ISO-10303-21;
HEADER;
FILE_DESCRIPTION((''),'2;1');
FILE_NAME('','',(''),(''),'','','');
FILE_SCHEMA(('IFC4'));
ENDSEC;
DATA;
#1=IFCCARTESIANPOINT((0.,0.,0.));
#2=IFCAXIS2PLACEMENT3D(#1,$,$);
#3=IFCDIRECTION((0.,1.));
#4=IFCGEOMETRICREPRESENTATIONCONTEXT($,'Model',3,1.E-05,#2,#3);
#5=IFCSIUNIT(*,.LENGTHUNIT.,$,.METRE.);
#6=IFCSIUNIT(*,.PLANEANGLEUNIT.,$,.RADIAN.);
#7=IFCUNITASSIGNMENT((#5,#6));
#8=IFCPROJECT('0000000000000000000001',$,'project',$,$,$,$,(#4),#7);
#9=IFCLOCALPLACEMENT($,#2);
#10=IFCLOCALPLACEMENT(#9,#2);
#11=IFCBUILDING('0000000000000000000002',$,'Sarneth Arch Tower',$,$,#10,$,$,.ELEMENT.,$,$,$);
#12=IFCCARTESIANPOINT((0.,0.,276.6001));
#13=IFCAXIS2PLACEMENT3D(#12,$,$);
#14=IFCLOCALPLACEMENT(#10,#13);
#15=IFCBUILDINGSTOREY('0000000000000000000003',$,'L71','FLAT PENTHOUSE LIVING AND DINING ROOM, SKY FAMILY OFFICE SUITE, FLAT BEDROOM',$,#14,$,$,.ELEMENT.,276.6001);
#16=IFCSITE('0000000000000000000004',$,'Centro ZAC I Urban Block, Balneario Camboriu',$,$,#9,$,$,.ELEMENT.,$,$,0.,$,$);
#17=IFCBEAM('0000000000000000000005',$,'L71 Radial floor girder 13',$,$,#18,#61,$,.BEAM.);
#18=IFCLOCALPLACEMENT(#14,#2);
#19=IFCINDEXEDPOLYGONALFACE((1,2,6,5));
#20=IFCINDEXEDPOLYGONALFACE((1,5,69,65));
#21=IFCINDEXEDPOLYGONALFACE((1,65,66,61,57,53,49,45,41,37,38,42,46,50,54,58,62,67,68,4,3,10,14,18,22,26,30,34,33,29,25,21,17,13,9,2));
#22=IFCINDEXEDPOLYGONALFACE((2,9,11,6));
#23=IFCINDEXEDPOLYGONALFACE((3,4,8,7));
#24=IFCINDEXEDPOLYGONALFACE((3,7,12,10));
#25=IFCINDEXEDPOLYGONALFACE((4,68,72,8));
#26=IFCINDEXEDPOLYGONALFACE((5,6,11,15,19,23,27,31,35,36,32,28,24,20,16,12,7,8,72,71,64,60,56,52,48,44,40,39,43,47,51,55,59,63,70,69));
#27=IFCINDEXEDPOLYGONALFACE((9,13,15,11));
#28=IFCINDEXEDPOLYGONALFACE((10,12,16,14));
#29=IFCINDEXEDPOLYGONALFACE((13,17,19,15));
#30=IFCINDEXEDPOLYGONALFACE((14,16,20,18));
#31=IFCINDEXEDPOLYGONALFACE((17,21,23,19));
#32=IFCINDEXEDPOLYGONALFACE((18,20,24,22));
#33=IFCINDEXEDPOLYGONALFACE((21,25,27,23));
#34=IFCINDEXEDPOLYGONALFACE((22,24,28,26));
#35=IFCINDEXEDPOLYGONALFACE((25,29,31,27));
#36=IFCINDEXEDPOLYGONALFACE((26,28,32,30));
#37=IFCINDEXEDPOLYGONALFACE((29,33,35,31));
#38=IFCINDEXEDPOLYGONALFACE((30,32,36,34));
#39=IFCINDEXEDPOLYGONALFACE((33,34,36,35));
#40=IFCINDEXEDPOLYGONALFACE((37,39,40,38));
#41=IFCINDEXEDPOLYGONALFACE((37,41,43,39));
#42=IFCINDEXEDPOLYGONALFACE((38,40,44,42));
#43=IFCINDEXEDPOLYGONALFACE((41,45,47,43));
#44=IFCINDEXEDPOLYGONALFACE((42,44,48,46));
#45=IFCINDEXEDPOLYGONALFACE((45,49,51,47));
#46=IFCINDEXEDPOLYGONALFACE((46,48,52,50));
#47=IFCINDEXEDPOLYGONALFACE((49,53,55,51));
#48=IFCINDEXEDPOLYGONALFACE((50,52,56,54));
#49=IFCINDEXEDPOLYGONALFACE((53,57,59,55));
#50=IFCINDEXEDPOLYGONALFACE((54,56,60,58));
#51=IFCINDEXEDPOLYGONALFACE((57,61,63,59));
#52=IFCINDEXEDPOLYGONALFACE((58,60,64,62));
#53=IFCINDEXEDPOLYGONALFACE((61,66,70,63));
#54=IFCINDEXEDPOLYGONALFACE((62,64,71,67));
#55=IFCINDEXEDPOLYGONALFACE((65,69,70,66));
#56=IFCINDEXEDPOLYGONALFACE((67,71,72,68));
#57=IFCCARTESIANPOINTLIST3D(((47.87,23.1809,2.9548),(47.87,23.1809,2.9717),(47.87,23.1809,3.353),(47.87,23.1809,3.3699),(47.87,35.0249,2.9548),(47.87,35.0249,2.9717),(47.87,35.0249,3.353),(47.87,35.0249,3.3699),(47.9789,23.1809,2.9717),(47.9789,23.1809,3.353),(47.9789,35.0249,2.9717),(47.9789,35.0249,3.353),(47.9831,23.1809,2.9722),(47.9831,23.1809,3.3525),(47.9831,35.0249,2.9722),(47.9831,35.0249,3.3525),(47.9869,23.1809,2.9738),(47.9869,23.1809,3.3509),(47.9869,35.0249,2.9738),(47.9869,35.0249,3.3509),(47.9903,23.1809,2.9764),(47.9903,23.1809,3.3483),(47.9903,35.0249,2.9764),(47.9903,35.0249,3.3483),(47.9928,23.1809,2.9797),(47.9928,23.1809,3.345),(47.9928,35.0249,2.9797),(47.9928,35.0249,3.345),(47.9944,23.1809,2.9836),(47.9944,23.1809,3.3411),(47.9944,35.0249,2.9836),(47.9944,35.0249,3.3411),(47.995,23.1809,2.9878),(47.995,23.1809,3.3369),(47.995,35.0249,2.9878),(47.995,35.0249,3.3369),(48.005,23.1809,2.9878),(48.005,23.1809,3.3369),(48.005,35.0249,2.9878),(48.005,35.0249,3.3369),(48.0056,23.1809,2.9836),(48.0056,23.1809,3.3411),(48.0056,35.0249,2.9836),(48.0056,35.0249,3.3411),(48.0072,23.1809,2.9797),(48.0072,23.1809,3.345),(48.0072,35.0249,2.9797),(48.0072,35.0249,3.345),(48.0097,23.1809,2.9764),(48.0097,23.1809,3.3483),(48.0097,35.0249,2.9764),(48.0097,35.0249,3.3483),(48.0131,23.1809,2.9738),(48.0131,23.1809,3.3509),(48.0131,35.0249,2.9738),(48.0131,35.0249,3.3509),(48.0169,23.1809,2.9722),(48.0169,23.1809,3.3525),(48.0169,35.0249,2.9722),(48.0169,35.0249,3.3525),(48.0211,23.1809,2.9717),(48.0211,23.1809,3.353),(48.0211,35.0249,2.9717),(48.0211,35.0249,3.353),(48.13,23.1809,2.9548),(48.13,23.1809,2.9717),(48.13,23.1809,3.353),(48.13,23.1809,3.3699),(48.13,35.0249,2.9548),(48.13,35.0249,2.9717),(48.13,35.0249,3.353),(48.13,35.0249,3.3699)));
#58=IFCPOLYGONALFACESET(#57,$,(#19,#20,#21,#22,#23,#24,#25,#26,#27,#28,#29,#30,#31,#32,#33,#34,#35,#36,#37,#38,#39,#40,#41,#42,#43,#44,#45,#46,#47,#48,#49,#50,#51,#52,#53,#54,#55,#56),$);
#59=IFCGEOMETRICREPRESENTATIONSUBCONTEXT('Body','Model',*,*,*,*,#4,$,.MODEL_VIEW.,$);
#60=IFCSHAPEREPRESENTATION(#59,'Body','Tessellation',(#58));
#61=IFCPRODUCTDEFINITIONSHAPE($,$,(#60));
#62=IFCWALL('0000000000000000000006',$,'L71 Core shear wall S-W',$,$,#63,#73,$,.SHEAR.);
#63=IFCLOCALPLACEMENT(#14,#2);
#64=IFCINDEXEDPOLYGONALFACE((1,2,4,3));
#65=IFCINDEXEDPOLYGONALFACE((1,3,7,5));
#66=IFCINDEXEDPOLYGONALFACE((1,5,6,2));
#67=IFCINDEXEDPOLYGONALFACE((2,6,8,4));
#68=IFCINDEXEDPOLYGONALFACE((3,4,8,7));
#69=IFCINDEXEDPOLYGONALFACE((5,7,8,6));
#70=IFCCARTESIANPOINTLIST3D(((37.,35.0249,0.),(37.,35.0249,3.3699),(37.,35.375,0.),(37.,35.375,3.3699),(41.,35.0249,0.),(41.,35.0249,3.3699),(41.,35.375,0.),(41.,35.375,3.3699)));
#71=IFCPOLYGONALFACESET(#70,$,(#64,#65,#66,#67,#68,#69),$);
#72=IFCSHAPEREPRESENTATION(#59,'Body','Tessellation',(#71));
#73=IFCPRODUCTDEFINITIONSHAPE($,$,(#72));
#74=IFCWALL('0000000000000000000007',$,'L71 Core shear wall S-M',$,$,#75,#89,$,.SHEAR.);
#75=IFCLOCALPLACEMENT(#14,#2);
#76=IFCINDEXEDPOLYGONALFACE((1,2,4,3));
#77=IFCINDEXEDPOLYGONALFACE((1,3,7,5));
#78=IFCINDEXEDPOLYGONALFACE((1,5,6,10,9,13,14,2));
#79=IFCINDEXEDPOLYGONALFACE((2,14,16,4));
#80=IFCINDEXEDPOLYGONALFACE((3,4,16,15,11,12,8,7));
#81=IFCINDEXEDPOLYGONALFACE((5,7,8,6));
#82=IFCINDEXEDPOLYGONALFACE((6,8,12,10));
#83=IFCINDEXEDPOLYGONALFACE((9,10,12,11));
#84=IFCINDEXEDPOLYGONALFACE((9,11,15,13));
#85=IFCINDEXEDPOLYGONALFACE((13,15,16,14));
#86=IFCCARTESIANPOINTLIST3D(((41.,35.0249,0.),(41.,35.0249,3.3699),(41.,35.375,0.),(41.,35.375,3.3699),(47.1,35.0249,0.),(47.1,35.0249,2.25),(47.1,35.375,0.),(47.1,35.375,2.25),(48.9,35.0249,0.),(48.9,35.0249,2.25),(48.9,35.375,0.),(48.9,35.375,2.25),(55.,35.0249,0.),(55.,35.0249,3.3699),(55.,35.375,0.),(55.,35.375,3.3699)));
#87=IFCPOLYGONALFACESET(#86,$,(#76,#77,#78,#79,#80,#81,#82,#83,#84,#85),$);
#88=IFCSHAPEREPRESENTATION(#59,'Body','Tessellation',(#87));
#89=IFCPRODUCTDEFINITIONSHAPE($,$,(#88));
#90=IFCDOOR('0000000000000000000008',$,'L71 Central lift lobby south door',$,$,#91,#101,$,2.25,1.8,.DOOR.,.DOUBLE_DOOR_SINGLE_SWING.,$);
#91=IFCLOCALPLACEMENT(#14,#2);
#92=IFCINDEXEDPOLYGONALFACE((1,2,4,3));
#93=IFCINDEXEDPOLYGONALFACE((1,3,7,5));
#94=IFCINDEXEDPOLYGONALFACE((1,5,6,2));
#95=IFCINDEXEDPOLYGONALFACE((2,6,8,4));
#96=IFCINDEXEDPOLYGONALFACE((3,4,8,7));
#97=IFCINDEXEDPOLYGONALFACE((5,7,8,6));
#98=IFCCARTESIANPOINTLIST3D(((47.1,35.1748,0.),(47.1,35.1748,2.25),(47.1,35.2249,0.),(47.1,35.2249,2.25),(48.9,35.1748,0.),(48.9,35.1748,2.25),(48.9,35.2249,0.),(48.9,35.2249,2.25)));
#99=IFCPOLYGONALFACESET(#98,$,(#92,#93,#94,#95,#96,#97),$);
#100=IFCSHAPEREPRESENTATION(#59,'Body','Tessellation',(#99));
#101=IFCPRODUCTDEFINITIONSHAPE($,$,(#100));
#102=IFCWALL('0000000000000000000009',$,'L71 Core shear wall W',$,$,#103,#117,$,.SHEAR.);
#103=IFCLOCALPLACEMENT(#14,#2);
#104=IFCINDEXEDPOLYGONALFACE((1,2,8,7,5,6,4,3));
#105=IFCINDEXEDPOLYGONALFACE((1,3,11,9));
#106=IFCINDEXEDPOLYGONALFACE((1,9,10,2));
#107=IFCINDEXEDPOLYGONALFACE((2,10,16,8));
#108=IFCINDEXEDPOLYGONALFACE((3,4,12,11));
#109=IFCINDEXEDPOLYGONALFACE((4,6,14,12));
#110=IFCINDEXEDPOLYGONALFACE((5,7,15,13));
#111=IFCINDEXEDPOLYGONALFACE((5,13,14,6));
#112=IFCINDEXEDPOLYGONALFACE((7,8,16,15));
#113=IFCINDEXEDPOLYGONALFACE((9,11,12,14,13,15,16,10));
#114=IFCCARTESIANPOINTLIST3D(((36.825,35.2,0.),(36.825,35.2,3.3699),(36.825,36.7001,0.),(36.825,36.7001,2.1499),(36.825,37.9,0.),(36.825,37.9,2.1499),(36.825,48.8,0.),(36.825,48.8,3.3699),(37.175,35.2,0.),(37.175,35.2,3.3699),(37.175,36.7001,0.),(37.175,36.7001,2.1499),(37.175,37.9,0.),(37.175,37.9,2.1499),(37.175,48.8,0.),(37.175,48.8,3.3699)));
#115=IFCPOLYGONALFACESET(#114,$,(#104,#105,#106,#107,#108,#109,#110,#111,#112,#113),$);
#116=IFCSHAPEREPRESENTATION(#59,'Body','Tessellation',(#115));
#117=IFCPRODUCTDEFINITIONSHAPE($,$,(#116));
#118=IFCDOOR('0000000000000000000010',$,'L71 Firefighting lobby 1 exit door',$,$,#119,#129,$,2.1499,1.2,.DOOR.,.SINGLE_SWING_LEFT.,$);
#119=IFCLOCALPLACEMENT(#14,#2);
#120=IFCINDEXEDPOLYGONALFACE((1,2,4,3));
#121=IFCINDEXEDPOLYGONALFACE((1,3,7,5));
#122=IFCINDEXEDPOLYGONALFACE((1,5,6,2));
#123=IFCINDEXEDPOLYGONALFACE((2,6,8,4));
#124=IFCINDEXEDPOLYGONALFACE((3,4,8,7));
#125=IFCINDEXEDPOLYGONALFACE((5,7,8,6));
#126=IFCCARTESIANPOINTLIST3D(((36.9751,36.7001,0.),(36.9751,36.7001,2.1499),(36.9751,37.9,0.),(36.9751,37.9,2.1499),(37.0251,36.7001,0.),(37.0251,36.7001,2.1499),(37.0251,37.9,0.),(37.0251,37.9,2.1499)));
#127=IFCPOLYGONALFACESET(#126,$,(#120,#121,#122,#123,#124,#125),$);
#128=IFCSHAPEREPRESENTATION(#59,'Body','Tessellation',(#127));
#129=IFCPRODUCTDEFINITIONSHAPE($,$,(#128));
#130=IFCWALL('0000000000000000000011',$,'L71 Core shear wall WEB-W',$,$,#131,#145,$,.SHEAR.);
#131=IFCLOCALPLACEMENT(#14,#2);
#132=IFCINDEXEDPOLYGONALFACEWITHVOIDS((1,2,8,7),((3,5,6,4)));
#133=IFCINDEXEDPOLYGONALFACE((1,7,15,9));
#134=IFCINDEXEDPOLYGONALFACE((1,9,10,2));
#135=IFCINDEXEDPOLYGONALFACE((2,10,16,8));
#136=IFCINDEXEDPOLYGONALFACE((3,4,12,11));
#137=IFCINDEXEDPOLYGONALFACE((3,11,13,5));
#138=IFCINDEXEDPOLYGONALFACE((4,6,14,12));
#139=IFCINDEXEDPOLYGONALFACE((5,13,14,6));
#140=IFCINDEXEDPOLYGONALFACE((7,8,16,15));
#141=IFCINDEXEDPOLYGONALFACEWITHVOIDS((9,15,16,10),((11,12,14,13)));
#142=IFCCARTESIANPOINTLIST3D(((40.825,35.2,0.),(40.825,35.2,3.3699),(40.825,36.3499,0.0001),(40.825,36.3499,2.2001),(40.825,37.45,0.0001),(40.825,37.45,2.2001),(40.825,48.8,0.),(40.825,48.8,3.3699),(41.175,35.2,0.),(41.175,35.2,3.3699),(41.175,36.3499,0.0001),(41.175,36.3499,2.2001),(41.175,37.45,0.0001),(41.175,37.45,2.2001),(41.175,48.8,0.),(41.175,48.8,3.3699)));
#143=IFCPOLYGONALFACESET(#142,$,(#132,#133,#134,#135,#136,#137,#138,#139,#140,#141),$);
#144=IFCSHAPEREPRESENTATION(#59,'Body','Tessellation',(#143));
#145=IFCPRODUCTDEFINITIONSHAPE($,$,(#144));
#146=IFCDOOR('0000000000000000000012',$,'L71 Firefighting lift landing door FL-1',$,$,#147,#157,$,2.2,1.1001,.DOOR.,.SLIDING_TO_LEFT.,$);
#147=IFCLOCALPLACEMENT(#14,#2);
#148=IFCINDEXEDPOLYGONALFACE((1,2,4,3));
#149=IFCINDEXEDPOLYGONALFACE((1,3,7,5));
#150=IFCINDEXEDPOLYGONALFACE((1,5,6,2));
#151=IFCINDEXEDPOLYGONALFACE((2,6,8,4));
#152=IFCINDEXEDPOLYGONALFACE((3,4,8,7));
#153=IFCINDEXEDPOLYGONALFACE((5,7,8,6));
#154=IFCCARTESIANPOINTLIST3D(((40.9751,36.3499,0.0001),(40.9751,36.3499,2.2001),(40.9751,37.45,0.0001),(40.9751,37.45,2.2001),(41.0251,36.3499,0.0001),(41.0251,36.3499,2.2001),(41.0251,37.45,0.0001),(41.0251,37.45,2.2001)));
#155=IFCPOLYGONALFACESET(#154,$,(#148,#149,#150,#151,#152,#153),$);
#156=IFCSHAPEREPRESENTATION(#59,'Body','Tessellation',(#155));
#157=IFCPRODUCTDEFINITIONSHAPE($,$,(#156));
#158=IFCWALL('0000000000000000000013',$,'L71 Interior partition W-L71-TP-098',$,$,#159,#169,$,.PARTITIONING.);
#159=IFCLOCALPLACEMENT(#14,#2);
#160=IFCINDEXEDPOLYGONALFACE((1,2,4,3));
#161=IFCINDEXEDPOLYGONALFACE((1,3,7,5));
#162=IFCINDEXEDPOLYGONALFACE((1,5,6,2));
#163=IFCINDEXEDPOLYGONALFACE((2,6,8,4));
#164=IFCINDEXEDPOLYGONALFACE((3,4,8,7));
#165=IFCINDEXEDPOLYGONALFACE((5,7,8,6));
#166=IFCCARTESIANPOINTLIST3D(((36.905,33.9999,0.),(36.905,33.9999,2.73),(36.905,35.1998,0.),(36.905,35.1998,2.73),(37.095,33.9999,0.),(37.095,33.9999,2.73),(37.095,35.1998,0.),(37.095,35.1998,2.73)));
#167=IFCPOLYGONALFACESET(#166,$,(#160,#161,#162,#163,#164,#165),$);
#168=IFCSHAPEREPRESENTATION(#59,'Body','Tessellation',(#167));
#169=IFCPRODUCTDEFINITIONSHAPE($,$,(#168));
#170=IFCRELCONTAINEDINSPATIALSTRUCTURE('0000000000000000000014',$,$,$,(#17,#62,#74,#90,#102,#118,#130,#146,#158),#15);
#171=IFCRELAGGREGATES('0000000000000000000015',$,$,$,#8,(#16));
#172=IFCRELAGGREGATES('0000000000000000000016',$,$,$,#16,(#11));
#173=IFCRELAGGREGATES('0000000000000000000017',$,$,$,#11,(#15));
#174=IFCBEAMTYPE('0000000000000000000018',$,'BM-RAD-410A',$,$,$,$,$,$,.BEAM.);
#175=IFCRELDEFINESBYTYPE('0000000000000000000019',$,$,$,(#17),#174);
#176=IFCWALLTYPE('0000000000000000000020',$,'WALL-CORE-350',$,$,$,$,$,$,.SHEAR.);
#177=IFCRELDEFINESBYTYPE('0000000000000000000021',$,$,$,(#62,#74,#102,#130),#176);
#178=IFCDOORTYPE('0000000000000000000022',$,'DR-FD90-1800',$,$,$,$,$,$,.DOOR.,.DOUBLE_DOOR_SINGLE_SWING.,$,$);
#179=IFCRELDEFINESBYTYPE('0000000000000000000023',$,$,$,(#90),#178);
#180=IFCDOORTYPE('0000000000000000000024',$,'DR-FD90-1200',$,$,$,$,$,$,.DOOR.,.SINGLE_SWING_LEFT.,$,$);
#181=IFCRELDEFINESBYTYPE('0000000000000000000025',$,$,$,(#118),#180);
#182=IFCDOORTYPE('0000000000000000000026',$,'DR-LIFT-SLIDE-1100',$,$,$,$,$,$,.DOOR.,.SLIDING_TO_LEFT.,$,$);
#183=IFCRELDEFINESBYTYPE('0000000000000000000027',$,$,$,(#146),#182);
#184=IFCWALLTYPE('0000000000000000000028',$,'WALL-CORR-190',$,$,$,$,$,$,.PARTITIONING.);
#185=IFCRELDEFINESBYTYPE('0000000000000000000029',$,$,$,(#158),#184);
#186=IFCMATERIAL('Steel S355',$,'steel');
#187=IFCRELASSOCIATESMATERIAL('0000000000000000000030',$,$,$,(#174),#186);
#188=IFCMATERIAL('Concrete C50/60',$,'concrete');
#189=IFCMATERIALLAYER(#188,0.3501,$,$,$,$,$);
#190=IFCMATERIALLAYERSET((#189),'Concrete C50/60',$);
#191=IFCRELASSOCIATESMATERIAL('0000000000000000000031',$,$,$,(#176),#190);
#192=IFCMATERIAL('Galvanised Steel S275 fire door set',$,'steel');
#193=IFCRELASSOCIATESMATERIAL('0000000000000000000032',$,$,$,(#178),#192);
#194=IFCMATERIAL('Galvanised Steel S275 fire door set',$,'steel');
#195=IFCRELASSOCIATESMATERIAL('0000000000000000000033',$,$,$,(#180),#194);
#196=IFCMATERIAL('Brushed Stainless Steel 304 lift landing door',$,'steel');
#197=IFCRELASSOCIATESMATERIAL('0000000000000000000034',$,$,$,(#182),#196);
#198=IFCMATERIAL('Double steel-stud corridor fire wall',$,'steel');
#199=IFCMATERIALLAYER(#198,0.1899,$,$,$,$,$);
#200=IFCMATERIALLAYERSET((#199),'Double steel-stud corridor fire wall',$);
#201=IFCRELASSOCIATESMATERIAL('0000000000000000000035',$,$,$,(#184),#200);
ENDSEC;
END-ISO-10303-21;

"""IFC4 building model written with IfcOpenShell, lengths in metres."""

from ifc_helpers import new_model, si_unit, direction, frame, frame_2d, origin, origin_2d, place, context, subcontext, project, spatial, rectangle, i_section, extrude, material, layer, layer_set, material_profile, profile_set, type_object, element, fill, save


model = new_model("IFC4")

# Units and contexts
model_context = context("Model", 3, precision=1e-05, world=origin(), true_north=direction((0.0, 1.0)))
body_context = subcontext(model_context, "Body", "Model", "MODEL_VIEW")
ifc_project = project(units=[si_unit("LENGTHUNIT", "METRE"), si_unit("PLANEANGLEUNIT", "RADIAN")], contexts=[model_context])

# Site, building, storey
site_placement = place(None, origin())
site = spatial("IfcSite", under=ifc_project, at=site_placement, Name="Centro ZAC I Urban Block, Balneario Camboriu", CompositionType="ELEMENT", RefElevation=0.0)
building_placement = place(site_placement, origin())
building = spatial("IfcBuilding", under=site, at=building_placement, Name="Sarneth Arch Tower", CompositionType="ELEMENT")
storey_placement = place(building_placement, frame((0.0, 0.0, 276.6001)))
storey = spatial("IfcBuildingStorey", under=building, at=storey_placement, Name="L71", Description="FLAT PENTHOUSE LIVING AND DINING ROOM, SKY FAMILY OFFICE SUITE, FLAT BEDROOM", CompositionType="ELEMENT", Elevation=276.6001)

# Beam
ifc_material_1 = material(Name="Steel S355", Category="steel")
ifc_material_profile_1 = material_profile(ifc_material_1, i_section(OverallWidth=0.26, OverallDepth=0.415, WebThickness=0.01, FlangeThickness=0.0168, FilletRadius=0.0161, at=origin_2d()), Name="W410x100")
ifc_profile_set_1 = profile_set([ifc_material_profile_1], Name="Steel S355")
beam_type_1 = type_object("IfcBeamType", Name="BM-RAD-410A", PredefinedType="BEAM", material=ifc_profile_set_1)
beam_1_placement = place(storey_placement, frame((48.0, 35.0249, 3.1624), z_axis=(0.0, -1.0, 0.0), x_axis=(1.0, 0.0, 0.0)))
element("IfcBeam", 1, at=beam_1_placement, inside=storey, type_object=beam_type_1, Name="L71 Radial floor girder 13", PredefinedType="BEAM", context=body_context, shape_type="SweptSolid", body=[
    extrude(i_section(OverallWidth=0.26, OverallDepth=0.415, WebThickness=0.01, FlangeThickness=0.0168, FilletRadius=0.0161, at=origin_2d()), origin(), (0.0, 0.0, 1.0), 11.844),
])

# Wall
ifc_material_2 = material(Name="Concrete C50/60", Category="concrete")
ifc_layer_1 = layer(ifc_material_2, 0.3501)
ifc_layer_set_1 = layer_set([ifc_layer_1], Name="Concrete C50/60")
wall_type_1 = type_object("IfcWallType", Name="WALL-CORE-350", PredefinedType="SHEAR", material=ifc_layer_set_1)
wall_1_placement = place(storey_placement, frame((37.0, 35.2, 0.0), z_axis=(0.0, 0.0, 1.0), x_axis=(1.0, 0.0, 0.0)))
element("IfcWall", 2, at=wall_1_placement, inside=storey, type_object=wall_type_1, Name="L71 Core shear wall S-W", PredefinedType="SHEAR", context=body_context, shape_type="SweptSolid", body=[
    extrude(rectangle(XDim=4.0, YDim=0.3501, at=frame_2d((2.0, 0.0))), origin(), (0.0, 0.0, 1.0), 3.3699),
])

# Walls, openings, doors
wall_2_placement = place(storey_placement, frame((41.0, 35.2, 0.0), z_axis=(0.0, 0.0, 1.0), x_axis=(1.0, 0.0, 0.0)))
wall_2 = element("IfcWall", 3, at=wall_2_placement, inside=storey, type_object=wall_type_1, Name="L71 Core shear wall S-M", PredefinedType="SHEAR", context=body_context, shape_type="SweptSolid", body=[
    extrude(rectangle(XDim=14.0, YDim=0.3501, at=frame_2d((7.0, 0.0))), origin(), (0.0, 0.0, 1.0), 3.3699),
])
opening_1_placement = place(wall_2_placement, frame((6.1001, 0.0, 0.0)))
opening_1 = element("IfcOpeningElement", 4, at=opening_1_placement, cuts=wall_2, PredefinedType="OPENING", context=body_context, shape_type="SweptSolid", body=[
    extrude(rectangle(XDim=1.8, YDim=2.25, at=frame_2d((0.8999, 1.125))), frame((0.0, 0.1851, 0.0), z_axis=(0.0, -1.0, 0.0), x_axis=(1.0, 0.0, 0.0)), (0.0, 0.0, 1.0), 0.3701),
])
ifc_material_3 = material(Name="Galvanised Steel S275 fire door set", Category="steel")
door_type_1 = type_object("IfcDoorType", Name="DR-FD90-1800", OperationType="DOUBLE_DOOR_SINGLE_SWING", PredefinedType="DOOR", material=ifc_material_3)
door_1_placement = place(opening_1_placement, origin())
door_1 = element("IfcDoor", 5, at=door_1_placement, inside=storey, type_object=door_type_1, Name="L71 Central lift lobby south door", OperationType="DOUBLE_DOOR_SINGLE_SWING", OverallHeight=2.25, OverallWidth=1.8, PredefinedType="DOOR", context=body_context, shape_type="SweptSolid", body=[
    extrude(rectangle(XDim=1.8, YDim=2.25, at=frame_2d((0.8999, 1.125))), frame((0.0, 0.0249, 0.0), z_axis=(0.0, -1.0, 0.0), x_axis=(1.0, 0.0, 0.0)), (0.0, 0.0, 1.0), 0.05),
])
fill(opening_1, door_1)
wall_3_placement = place(storey_placement, frame((37.0, 35.2, 0.0), z_axis=(0.0, 0.0, 1.0), x_axis=(0.0, 1.0, 0.0)))
wall_3 = element("IfcWall", 6, at=wall_3_placement, inside=storey, type_object=wall_type_1, Name="L71 Core shear wall W", PredefinedType="SHEAR", context=body_context, shape_type="SweptSolid", body=[
    extrude(rectangle(XDim=13.6001, YDim=0.3501, at=frame_2d((6.8, 0.0))), origin(), (0.0, 0.0, 1.0), 3.3699),
])
opening_2_placement = place(wall_3_placement, frame((1.5, 0.0, 0.0)))
opening_2 = element("IfcOpeningElement", 7, at=opening_2_placement, cuts=wall_3, PredefinedType="OPENING", context=body_context, shape_type="SweptSolid", body=[
    extrude(rectangle(XDim=1.2, YDim=2.1499, at=frame_2d((0.6001, 1.075))), frame((0.0, 0.1851, 0.0), z_axis=(0.0, -1.0, 0.0), x_axis=(1.0, 0.0, 0.0)), (0.0, 0.0, 1.0), 0.3701),
])
ifc_material_4 = material(Name="Galvanised Steel S275 fire door set", Category="steel")
door_type_2 = type_object("IfcDoorType", Name="DR-FD90-1200", OperationType="SINGLE_SWING_LEFT", PredefinedType="DOOR", material=ifc_material_4)
door_2_placement = place(opening_2_placement, origin())
door_2 = element("IfcDoor", 8, at=door_2_placement, inside=storey, type_object=door_type_2, Name="L71 Firefighting lobby 1 exit door", OperationType="SINGLE_SWING_LEFT", OverallHeight=2.1499, OverallWidth=1.2, PredefinedType="DOOR", context=body_context, shape_type="SweptSolid", body=[
    extrude(rectangle(XDim=1.2, YDim=2.1499, at=frame_2d((0.6001, 1.075))), frame((0.0, 0.0249, 0.0), z_axis=(0.0, -1.0, 0.0), x_axis=(1.0, 0.0, 0.0)), (0.0, 0.0, 1.0), 0.05),
])
fill(opening_2, door_2)
wall_4_placement = place(storey_placement, frame((41.0, 35.2, 0.0), z_axis=(0.0, 0.0, 1.0), x_axis=(0.0, 1.0, 0.0)))
wall_4 = element("IfcWall", 9, at=wall_4_placement, inside=storey, type_object=wall_type_1, Name="L71 Core shear wall WEB-W", PredefinedType="SHEAR", context=body_context, shape_type="SweptSolid", body=[
    extrude(rectangle(XDim=13.6001, YDim=0.3501, at=frame_2d((6.8, 0.0))), origin(), (0.0, 0.0, 1.0), 3.3699),
])
opening_3_placement = place(wall_4_placement, frame((1.1499, 0.0, 0.0)))
opening_3 = element("IfcOpeningElement", 10, at=opening_3_placement, cuts=wall_4, PredefinedType="OPENING", context=body_context, shape_type="SweptSolid", body=[
    extrude(rectangle(XDim=1.1001, YDim=2.2, at=frame_2d((0.55, 1.1001))), frame((0.0, 0.1851, 0.0), z_axis=(0.0, -1.0, 0.0), x_axis=(1.0, 0.0, 0.0)), (0.0, 0.0, 1.0), 0.3701),
])
ifc_material_5 = material(Name="Brushed Stainless Steel 304 lift landing door", Category="steel")
door_type_3 = type_object("IfcDoorType", Name="DR-LIFT-SLIDE-1100", OperationType="SLIDING_TO_LEFT", PredefinedType="DOOR", material=ifc_material_5)
door_3_placement = place(opening_3_placement, origin())
door_3 = element("IfcDoor", 11, at=door_3_placement, inside=storey, type_object=door_type_3, Name="L71 Firefighting lift landing door FL-1", OperationType="SLIDING_TO_LEFT", OverallHeight=2.2, OverallWidth=1.1001, PredefinedType="DOOR", context=body_context, shape_type="SweptSolid", body=[
    extrude(rectangle(XDim=1.1001, YDim=2.2, at=frame_2d((0.55, 1.1001))), frame((0.0, 0.0249, 0.0), z_axis=(0.0, -1.0, 0.0), x_axis=(1.0, 0.0, 0.0)), (0.0, 0.0, 1.0), 0.05),
])
fill(opening_3, door_3)

# Wall
ifc_material_6 = material(Name="Double steel-stud corridor fire wall", Category="steel")
ifc_layer_2 = layer(ifc_material_6, 0.1899)
ifc_layer_set_2 = layer_set([ifc_layer_2], Name="Double steel-stud corridor fire wall")
wall_type_2 = type_object("IfcWallType", Name="WALL-CORR-190", PredefinedType="PARTITIONING", material=ifc_layer_set_2)
wall_5_placement = place(storey_placement, frame((37.0, 35.2, 0.0), z_axis=(0.0, 0.0, 1.0), x_axis=(0.0, -1.0, 0.0)))
element("IfcWall", 12, at=wall_5_placement, inside=storey, type_object=wall_type_2, Name="L71 Interior partition W-L71-TP-098", PredefinedType="PARTITIONING", context=body_context, shape_type="SweptSolid", body=[
    extrude(rectangle(XDim=1.2, YDim=0.1899, at=frame_2d((0.6001, 0.0))), origin(), (0.0, 0.0, 1.0), 2.73),
])

save(model, "model.ifc")
